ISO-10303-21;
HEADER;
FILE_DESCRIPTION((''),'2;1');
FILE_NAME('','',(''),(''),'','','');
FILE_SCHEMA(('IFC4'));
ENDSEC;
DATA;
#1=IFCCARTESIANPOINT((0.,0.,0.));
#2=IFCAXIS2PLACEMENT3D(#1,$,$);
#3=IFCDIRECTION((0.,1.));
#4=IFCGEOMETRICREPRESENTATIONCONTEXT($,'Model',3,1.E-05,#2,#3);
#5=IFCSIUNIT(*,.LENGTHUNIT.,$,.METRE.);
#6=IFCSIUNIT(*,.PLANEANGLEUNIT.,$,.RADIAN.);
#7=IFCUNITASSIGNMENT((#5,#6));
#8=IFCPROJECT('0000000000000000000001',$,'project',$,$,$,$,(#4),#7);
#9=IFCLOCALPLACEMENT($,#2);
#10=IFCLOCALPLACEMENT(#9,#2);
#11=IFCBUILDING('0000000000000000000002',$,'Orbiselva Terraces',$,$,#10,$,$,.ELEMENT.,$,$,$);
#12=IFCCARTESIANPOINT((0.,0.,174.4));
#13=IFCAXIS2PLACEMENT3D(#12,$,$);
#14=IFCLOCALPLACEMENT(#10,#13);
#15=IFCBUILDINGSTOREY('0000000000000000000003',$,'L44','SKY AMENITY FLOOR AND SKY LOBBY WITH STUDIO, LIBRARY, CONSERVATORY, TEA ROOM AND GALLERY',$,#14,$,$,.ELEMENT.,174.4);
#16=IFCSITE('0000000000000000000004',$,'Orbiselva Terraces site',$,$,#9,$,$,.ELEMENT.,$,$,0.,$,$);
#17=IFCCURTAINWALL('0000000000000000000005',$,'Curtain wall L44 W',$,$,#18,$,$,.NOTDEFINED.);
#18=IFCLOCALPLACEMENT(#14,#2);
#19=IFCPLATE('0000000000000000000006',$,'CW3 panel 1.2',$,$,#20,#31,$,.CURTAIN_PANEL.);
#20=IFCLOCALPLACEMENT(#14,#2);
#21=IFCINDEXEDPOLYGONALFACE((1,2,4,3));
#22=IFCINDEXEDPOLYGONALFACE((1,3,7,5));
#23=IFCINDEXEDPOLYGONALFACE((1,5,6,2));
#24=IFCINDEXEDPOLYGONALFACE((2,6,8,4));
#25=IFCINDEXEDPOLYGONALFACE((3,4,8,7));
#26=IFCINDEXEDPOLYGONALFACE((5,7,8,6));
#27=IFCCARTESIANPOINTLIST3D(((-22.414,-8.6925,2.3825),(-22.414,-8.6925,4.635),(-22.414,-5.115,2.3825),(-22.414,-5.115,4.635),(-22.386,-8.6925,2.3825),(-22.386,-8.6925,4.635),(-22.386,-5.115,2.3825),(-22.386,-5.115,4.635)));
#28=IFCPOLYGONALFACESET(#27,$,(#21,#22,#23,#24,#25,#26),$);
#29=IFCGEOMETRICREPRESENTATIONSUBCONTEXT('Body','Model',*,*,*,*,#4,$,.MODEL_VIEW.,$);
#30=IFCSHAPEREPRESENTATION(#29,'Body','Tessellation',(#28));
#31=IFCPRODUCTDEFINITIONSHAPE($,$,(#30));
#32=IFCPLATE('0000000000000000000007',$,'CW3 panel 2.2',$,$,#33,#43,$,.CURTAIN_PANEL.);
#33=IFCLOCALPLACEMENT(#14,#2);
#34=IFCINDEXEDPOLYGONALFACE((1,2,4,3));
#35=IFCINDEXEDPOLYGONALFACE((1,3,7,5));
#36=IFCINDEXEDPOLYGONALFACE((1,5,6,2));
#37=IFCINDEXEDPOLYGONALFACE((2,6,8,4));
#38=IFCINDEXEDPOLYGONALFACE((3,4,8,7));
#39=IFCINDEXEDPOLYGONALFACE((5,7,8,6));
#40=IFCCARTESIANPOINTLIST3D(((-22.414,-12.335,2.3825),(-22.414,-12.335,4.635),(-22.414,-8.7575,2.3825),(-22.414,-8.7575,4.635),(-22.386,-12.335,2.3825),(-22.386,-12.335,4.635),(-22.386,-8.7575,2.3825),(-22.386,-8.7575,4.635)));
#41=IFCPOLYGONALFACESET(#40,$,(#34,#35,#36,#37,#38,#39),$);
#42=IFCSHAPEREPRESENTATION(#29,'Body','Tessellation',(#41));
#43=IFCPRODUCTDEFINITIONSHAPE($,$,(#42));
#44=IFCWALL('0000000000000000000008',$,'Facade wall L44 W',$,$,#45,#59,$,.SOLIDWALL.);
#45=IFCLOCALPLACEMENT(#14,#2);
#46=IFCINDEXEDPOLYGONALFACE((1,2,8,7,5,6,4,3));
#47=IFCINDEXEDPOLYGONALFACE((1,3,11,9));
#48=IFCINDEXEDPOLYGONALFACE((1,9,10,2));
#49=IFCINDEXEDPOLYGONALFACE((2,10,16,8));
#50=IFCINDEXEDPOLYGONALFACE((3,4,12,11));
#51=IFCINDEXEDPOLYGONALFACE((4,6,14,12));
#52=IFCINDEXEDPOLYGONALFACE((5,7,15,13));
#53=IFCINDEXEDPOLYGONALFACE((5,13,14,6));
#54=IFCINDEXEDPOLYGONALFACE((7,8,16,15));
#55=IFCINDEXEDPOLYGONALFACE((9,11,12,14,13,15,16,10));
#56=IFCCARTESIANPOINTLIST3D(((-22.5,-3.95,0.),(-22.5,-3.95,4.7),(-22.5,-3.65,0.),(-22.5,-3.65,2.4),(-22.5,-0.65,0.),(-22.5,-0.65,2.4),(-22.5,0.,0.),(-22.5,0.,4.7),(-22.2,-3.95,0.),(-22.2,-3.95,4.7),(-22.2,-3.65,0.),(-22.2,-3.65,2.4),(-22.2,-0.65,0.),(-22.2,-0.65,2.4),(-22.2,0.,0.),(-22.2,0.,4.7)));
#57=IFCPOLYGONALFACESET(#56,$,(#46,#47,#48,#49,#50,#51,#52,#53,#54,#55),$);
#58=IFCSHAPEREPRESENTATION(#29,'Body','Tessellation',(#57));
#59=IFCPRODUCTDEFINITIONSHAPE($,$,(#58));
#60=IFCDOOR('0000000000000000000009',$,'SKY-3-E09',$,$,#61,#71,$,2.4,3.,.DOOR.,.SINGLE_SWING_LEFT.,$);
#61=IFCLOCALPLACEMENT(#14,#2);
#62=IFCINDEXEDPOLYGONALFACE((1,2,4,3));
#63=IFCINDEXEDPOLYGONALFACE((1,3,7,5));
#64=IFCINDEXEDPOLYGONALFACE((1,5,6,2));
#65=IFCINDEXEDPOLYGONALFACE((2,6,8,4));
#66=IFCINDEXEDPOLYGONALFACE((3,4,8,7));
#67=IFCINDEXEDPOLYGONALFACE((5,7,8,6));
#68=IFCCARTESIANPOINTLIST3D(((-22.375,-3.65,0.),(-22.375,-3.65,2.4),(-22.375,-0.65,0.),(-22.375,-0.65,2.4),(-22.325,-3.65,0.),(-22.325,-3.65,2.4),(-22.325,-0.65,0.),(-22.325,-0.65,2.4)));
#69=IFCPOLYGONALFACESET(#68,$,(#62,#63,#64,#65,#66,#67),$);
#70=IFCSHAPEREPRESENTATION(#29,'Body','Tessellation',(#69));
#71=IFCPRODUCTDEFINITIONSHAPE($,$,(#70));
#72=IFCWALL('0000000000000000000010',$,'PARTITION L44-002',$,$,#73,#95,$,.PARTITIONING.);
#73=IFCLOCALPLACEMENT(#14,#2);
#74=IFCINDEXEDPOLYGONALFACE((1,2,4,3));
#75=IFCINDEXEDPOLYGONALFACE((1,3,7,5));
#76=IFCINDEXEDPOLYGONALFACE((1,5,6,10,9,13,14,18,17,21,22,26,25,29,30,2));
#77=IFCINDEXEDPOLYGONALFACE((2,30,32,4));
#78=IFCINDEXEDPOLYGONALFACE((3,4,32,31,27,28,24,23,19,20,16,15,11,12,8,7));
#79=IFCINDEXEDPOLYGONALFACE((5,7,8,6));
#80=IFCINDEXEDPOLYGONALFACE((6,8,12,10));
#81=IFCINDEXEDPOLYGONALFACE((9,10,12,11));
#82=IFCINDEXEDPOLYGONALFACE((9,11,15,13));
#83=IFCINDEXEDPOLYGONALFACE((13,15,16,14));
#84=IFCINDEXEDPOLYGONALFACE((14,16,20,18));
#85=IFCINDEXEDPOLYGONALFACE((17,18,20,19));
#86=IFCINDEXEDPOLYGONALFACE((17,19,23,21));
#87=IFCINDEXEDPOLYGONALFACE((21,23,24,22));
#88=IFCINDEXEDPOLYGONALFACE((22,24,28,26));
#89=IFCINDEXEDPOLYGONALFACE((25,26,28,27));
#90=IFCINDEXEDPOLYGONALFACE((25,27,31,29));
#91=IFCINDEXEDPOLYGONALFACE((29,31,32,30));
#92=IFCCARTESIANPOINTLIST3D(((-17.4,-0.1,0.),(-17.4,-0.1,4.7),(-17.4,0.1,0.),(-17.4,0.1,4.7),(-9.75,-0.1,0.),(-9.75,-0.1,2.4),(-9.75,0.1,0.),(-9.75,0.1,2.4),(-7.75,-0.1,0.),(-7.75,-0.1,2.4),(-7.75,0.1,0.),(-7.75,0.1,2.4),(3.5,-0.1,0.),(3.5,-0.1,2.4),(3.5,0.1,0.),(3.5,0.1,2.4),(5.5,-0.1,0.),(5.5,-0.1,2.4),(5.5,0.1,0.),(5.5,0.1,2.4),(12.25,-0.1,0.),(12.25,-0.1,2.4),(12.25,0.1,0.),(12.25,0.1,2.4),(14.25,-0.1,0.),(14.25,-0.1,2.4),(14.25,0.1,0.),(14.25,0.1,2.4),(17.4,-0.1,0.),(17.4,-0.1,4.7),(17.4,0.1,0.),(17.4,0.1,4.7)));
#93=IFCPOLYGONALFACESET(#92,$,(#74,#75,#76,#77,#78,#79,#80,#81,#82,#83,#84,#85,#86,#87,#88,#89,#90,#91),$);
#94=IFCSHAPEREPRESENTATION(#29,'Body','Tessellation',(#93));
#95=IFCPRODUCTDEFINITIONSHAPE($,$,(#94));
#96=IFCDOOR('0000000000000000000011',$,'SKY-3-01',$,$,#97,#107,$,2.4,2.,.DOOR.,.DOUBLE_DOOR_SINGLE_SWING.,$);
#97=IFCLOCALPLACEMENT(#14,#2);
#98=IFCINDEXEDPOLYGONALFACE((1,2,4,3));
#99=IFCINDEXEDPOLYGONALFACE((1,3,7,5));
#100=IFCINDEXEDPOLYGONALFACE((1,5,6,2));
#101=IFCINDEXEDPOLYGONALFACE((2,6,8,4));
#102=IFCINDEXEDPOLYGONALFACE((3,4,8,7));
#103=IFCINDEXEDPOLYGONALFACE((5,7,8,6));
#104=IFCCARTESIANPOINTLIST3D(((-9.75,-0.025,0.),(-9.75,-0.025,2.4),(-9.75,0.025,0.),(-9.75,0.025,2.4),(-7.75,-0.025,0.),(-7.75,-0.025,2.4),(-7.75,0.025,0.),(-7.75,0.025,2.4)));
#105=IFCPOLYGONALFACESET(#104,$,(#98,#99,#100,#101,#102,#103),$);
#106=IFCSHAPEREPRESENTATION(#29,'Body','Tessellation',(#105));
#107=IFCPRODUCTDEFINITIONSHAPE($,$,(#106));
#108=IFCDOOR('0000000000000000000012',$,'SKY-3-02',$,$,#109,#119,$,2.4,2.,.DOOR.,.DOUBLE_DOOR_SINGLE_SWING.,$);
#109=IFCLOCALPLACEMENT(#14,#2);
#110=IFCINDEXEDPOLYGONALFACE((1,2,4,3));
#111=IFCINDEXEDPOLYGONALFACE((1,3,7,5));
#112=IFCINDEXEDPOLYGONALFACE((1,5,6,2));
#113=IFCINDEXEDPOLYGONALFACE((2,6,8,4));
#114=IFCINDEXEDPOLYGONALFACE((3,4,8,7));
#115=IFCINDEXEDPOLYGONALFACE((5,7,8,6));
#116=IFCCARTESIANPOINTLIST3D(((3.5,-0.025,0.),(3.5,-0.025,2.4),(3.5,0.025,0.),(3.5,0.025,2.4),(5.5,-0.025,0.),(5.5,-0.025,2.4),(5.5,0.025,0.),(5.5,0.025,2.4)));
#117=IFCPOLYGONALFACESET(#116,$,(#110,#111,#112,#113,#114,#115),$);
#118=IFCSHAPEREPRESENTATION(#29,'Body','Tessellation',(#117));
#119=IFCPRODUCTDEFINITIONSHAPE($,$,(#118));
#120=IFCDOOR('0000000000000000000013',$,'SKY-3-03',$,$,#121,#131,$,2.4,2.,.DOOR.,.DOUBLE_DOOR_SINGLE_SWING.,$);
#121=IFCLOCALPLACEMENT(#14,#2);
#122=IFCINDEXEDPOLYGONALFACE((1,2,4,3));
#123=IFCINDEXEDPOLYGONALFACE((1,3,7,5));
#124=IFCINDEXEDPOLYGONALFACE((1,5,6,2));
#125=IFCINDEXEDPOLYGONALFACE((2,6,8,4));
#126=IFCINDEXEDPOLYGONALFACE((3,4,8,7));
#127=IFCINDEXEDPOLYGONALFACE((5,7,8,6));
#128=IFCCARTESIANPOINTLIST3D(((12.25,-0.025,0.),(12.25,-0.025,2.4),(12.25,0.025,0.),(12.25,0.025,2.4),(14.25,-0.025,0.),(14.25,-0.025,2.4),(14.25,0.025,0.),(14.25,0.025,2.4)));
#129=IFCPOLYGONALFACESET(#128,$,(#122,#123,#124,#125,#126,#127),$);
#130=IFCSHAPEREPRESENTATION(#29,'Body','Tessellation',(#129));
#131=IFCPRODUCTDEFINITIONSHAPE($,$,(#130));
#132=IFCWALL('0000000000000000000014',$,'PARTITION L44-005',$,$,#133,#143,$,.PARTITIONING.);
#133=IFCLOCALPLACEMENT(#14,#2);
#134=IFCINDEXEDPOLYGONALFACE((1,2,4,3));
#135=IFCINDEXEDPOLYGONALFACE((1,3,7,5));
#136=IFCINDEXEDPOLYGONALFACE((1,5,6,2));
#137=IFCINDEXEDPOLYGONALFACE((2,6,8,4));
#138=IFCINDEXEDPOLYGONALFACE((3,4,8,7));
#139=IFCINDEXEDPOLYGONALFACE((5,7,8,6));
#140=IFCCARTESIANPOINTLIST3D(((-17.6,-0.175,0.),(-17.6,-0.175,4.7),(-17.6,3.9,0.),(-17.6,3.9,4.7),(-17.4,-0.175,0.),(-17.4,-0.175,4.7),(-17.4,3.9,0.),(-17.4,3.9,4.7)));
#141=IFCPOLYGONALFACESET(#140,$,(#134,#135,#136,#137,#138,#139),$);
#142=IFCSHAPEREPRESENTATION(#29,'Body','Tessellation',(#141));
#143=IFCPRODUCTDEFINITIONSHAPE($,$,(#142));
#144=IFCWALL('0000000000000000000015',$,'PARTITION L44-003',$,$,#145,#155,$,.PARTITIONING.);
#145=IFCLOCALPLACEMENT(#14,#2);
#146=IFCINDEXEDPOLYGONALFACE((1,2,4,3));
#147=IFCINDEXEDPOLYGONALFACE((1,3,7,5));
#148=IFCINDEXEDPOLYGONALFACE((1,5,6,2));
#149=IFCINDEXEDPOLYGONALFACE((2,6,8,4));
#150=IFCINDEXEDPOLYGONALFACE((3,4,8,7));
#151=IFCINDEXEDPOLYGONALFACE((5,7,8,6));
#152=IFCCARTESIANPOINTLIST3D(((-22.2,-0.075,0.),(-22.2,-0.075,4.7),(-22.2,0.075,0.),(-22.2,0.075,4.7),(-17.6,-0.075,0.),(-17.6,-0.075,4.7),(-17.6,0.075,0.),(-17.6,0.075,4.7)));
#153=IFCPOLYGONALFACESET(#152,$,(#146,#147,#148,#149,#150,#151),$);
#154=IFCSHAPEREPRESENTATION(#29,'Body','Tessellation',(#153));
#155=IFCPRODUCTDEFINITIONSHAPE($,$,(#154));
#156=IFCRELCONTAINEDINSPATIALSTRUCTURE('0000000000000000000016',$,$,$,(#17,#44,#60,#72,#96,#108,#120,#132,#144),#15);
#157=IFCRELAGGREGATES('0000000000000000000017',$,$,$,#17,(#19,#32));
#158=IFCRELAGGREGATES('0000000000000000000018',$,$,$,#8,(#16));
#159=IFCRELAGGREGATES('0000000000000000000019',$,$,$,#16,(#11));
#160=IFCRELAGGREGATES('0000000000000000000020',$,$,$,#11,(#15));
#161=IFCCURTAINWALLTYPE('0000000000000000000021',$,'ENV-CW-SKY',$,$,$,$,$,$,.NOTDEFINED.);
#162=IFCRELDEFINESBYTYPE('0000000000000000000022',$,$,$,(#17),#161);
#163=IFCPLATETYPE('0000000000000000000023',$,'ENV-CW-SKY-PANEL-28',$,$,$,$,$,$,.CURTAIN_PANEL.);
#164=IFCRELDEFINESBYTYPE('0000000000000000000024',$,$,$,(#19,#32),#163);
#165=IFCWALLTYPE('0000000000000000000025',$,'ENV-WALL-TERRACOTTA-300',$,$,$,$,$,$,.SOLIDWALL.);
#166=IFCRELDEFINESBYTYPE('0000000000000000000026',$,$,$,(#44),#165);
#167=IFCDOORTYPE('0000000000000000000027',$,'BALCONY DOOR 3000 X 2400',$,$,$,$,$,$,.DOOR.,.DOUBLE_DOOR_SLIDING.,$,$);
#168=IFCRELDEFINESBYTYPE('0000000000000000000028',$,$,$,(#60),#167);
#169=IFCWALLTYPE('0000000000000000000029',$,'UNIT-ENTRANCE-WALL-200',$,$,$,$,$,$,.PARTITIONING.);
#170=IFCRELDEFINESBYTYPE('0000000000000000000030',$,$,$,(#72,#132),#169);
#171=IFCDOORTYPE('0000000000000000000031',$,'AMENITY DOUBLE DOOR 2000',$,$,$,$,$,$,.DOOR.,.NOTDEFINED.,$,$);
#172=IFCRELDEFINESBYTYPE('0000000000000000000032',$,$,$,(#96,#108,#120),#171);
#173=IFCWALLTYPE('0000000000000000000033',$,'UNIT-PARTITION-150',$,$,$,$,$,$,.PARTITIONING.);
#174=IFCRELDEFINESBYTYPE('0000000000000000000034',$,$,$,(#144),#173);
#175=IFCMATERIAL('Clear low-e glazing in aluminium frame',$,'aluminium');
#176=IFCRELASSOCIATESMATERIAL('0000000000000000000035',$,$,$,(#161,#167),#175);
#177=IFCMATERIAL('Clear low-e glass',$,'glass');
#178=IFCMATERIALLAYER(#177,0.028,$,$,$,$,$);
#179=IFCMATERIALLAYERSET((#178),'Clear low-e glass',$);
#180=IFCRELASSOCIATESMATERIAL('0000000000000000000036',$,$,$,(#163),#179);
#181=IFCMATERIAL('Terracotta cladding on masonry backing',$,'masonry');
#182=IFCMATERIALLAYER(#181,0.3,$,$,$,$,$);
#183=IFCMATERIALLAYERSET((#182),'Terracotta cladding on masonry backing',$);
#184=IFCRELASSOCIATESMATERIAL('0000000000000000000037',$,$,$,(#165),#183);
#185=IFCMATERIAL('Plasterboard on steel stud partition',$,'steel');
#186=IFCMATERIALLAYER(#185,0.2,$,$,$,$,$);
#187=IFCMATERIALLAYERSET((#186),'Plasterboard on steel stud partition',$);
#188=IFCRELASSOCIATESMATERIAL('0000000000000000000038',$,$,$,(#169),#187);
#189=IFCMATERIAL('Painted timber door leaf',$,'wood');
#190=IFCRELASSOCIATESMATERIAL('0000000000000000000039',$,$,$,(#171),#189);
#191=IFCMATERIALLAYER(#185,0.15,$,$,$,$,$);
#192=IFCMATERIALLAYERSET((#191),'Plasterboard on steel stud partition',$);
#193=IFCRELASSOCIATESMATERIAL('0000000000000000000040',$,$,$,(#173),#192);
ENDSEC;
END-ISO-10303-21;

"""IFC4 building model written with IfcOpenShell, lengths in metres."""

from ifc_helpers import new_model, si_unit, direction, frame, frame_2d, origin, origin_2d, place, context, subcontext, project, spatial, rectangle, extrude, material, layer, layer_set, type_object, element, fill, aggregate, save


model = new_model("IFC4")

# Units and contexts
model_context = context("Model", 3, precision=1e-05, world=origin(), true_north=direction((0.0, 1.0)))
body_context = subcontext(model_context, "Body", "Model", "MODEL_VIEW")
ifc_project = project(units=[si_unit("LENGTHUNIT", "METRE"), si_unit("PLANEANGLEUNIT", "RADIAN")], contexts=[model_context])

# Site, building, storey
site_placement = place(None, origin())
site = spatial("IfcSite", under=ifc_project, at=site_placement, Name="Orbiselva Terraces site", CompositionType="ELEMENT", RefElevation=0.0)
building_placement = place(site_placement, origin())
building = spatial("IfcBuilding", under=site, at=building_placement, Name="Orbiselva Terraces", CompositionType="ELEMENT")
storey_placement = place(building_placement, frame((0.0, 0.0, 174.4)))
storey = spatial("IfcBuildingStorey", under=building, at=storey_placement, Name="L44", Description="SKY AMENITY FLOOR AND SKY LOBBY WITH STUDIO, LIBRARY, CONSERVATORY, TEA ROOM AND GALLERY", CompositionType="ELEMENT", Elevation=174.4)

# Shared definitions
ifc_material_1 = material(Name="Clear low-e glazing in aluminium frame", Category="aluminium")
curtain_wall_type = type_object("IfcCurtainWallType", Name="ENV-CW-SKY", PredefinedType="NOTDEFINED", material=ifc_material_1)

# Curtain wall
curtain_wall_1_placement = place(storey_placement, origin())
curtain_wall_1 = element("IfcCurtainWall", 1, at=curtain_wall_1_placement, inside=storey, type_object=curtain_wall_type, Name="Curtain wall L44 W", PredefinedType="NOTDEFINED")

# Plates
ifc_material_2 = material(Name="Clear low-e glass", Category="glass")
ifc_layer_1 = layer(ifc_material_2, 0.028)
ifc_layer_set_1 = layer_set([ifc_layer_1], Name="Clear low-e glass")
plate_type = type_object("IfcPlateType", Name="ENV-CW-SKY-PANEL-28", PredefinedType="CURTAIN_PANEL", material=ifc_layer_set_1)
plate_1_placement = place(storey_placement, frame((-22.4, -6.9037, 2.3825), z_axis=(0.0, 0.0, 1.0), x_axis=(0.0, -1.0, 0.0)))
plate_1 = element("IfcPlate", 2, at=plate_1_placement, type_object=plate_type, Name="CW3 panel 1.2", PredefinedType="CURTAIN_PANEL", context=body_context, shape_type="SweptSolid", body=[
    extrude(rectangle(XDim=3.5775, YDim=0.028, at=origin_2d()), origin(), (0.0, 0.0, 1.0), 2.2525),
])
plate_2_placement = place(storey_placement, frame((-22.4, -10.5463, 2.3825), z_axis=(0.0, 0.0, 1.0), x_axis=(0.0, -1.0, 0.0)))
plate_2 = element("IfcPlate", 3, at=plate_2_placement, type_object=plate_type, Name="CW3 panel 2.2", PredefinedType="CURTAIN_PANEL", context=body_context, shape_type="SweptSolid", body=[
    extrude(rectangle(XDim=3.5775, YDim=0.028, at=origin_2d()), origin(), (0.0, 0.0, 1.0), 2.2525),
])
aggregate(curtain_wall_1, [plate_1, plate_2])

# Wall, opening, door
ifc_material_3 = material(Name="Terracotta cladding on masonry backing", Category="masonry")
ifc_layer_2 = layer(ifc_material_3, 0.3)
ifc_layer_set_2 = layer_set([ifc_layer_2], Name="Terracotta cladding on masonry backing")
wall_type_1 = type_object("IfcWallType", Name="ENV-WALL-TERRACOTTA-300", PredefinedType="SOLIDWALL", material=ifc_layer_set_2)
wall_1_placement = place(storey_placement, frame((-22.35, -3.95, 0.0), z_axis=(0.0, 0.0, 1.0), x_axis=(0.0, 1.0, 0.0)))
wall_1 = element("IfcWall", 4, at=wall_1_placement, inside=storey, type_object=wall_type_1, Name="Facade wall L44 W", PredefinedType="SOLIDWALL", context=body_context, shape_type="SweptSolid", body=[
    extrude(rectangle(XDim=3.95, YDim=0.3, at=frame_2d((1.975, 0.0))), origin(), (0.0, 0.0, 1.0), 4.7),
])
opening_1_placement = place(wall_1_placement, frame((0.3, 0.0, 0.0)))
opening_1 = element("IfcOpeningElement", 5, at=opening_1_placement, cuts=wall_1, PredefinedType="OPENING", context=body_context, shape_type="SweptSolid", body=[
    extrude(rectangle(XDim=3.0, YDim=2.4, at=frame_2d((1.5, 1.2))), frame((0.0, 0.16, 0.0), z_axis=(0.0, -1.0, 0.0), x_axis=(1.0, 0.0, 0.0)), (0.0, 0.0, 1.0), 0.32),
])
door_type_1 = type_object("IfcDoorType", Name="BALCONY DOOR 3000 X 2400", OperationType="DOUBLE_DOOR_SLIDING", PredefinedType="DOOR", material=ifc_material_1)
door_1_placement = place(opening_1_placement, origin())
door_1 = element("IfcDoor", 6, at=door_1_placement, inside=storey, type_object=door_type_1, Name="SKY-3-E09", OperationType="SINGLE_SWING_LEFT", OverallHeight=2.4, OverallWidth=3.0, PredefinedType="DOOR", context=body_context, shape_type="SweptSolid", body=[
    extrude(rectangle(XDim=3.0, YDim=2.4, at=frame_2d((1.5, 1.2))), frame((0.0, 0.025, 0.0), z_axis=(0.0, -1.0, 0.0), x_axis=(1.0, 0.0, 0.0)), (0.0, 0.0, 1.0), 0.05),
])
fill(opening_1, door_1)

# Wall, openings, doors
ifc_material_4 = material(Name="Plasterboard on steel stud partition", Category="steel")
ifc_layer_3 = layer(ifc_material_4, 0.2)
ifc_layer_set_3 = layer_set([ifc_layer_3], Name="Plasterboard on steel stud partition")
wall_type_2 = type_object("IfcWallType", Name="UNIT-ENTRANCE-WALL-200", PredefinedType="PARTITIONING", material=ifc_layer_set_3)
wall_2_placement = place(storey_placement, frame((-17.4, 0.0, 0.0), z_axis=(0.0, 0.0, 1.0), x_axis=(1.0, 0.0, 0.0)))
wall_2 = element("IfcWall", 7, at=wall_2_placement, inside=storey, type_object=wall_type_2, Name="PARTITION L44-002", PredefinedType="PARTITIONING", context=body_context, shape_type="SweptSolid", body=[
    extrude(rectangle(XDim=34.8, YDim=0.2, at=frame_2d((17.4, 0.0))), origin(), (0.0, 0.0, 1.0), 4.7),
])
opening_2_placement = place(wall_2_placement, frame((7.65, 0.0, 0.0)))
opening_2 = element("IfcOpeningElement", 8, at=opening_2_placement, cuts=wall_2, PredefinedType="OPENING", context=body_context, shape_type="SweptSolid", body=[
    extrude(rectangle(XDim=2.0, YDim=2.4, at=frame_2d((1.0, 1.2))), frame((0.0, 0.11, 0.0), z_axis=(0.0, -1.0, 0.0), x_axis=(1.0, 0.0, 0.0)), (0.0, 0.0, 1.0), 0.22),
])
opening_3_placement = place(wall_2_placement, frame((20.9, 0.0, 0.0)))
opening_3 = element("IfcOpeningElement", 9, at=opening_3_placement, cuts=wall_2, PredefinedType="OPENING", context=body_context, shape_type="SweptSolid", body=[
    extrude(rectangle(XDim=2.0, YDim=2.4, at=frame_2d((1.0, 1.2))), frame((0.0, 0.11, 0.0), z_axis=(0.0, -1.0, 0.0), x_axis=(1.0, 0.0, 0.0)), (0.0, 0.0, 1.0), 0.22),
])
opening_4_placement = place(wall_2_placement, frame((29.65, 0.0, 0.0)))
opening_4 = element("IfcOpeningElement", 10, at=opening_4_placement, cuts=wall_2, PredefinedType="OPENING", context=body_context, shape_type="SweptSolid", body=[
    extrude(rectangle(XDim=2.0, YDim=2.4, at=frame_2d((1.0, 1.2))), frame((0.0, 0.11, 0.0), z_axis=(0.0, -1.0, 0.0), x_axis=(1.0, 0.0, 0.0)), (0.0, 0.0, 1.0), 0.22),
])
ifc_material_5 = material(Name="Painted timber door leaf", Category="wood")
door_type_2 = type_object("IfcDoorType", Name="AMENITY DOUBLE DOOR 2000", OperationType="NOTDEFINED", PredefinedType="DOOR", material=ifc_material_5)
door_2_placement = place(opening_2_placement, origin())
door_2 = element("IfcDoor", 11, at=door_2_placement, inside=storey, type_object=door_type_2, Name="SKY-3-01", OperationType="DOUBLE_DOOR_SINGLE_SWING", OverallHeight=2.4, OverallWidth=2.0, PredefinedType="DOOR", context=body_context, shape_type="SweptSolid", body=[
    extrude(rectangle(XDim=2.0, YDim=2.4, at=frame_2d((1.0, 1.2))), frame((0.0, 0.025, 0.0), z_axis=(0.0, -1.0, 0.0), x_axis=(1.0, 0.0, 0.0)), (0.0, 0.0, 1.0), 0.05),
])
fill(opening_2, door_2)
door_3_placement = place(opening_3_placement, origin())
door_3 = element("IfcDoor", 12, at=door_3_placement, inside=storey, type_object=door_type_2, Name="SKY-3-02", OperationType="DOUBLE_DOOR_SINGLE_SWING", OverallHeight=2.4, OverallWidth=2.0, PredefinedType="DOOR", context=body_context, shape_type="SweptSolid", body=[
    extrude(rectangle(XDim=2.0, YDim=2.4, at=frame_2d((1.0, 1.2))), frame((0.0, 0.025, 0.0), z_axis=(0.0, -1.0, 0.0), x_axis=(1.0, 0.0, 0.0)), (0.0, 0.0, 1.0), 0.05),
])
fill(opening_3, door_3)
door_4_placement = place(opening_4_placement, origin())
door_4 = element("IfcDoor", 13, at=door_4_placement, inside=storey, type_object=door_type_2, Name="SKY-3-03", OperationType="DOUBLE_DOOR_SINGLE_SWING", OverallHeight=2.4, OverallWidth=2.0, PredefinedType="DOOR", context=body_context, shape_type="SweptSolid", body=[
    extrude(rectangle(XDim=2.0, YDim=2.4, at=frame_2d((1.0, 1.2))), frame((0.0, 0.025, 0.0), z_axis=(0.0, -1.0, 0.0), x_axis=(1.0, 0.0, 0.0)), (0.0, 0.0, 1.0), 0.05),
])
fill(opening_4, door_4)

# Walls
wall_3_placement = place(storey_placement, frame((-17.5, -0.175, 0.0), z_axis=(0.0, 0.0, 1.0), x_axis=(0.0, 1.0, 0.0)))
element("IfcWall", 14, at=wall_3_placement, inside=storey, type_object=wall_type_2, Name="PARTITION L44-005", PredefinedType="PARTITIONING", context=body_context, shape_type="SweptSolid", body=[
    extrude(rectangle(XDim=4.075, YDim=0.2, at=frame_2d((2.0375, 0.0))), origin(), (0.0, 0.0, 1.0), 4.7),
])
ifc_layer_4 = layer(ifc_material_4, 0.15)
ifc_layer_set_4 = layer_set([ifc_layer_4], Name="Plasterboard on steel stud partition")
wall_type_3 = type_object("IfcWallType", Name="UNIT-PARTITION-150", PredefinedType="PARTITIONING", material=ifc_layer_set_4)
wall_4_placement = place(storey_placement, frame((-22.2, 0.0, 0.0), z_axis=(0.0, 0.0, 1.0), x_axis=(1.0, 0.0, 0.0)))
element("IfcWall", 15, at=wall_4_placement, inside=storey, type_object=wall_type_3, Name="PARTITION L44-003", PredefinedType="PARTITIONING", context=body_context, shape_type="SweptSolid", body=[
    extrude(rectangle(XDim=4.6, YDim=0.15, at=frame_2d((2.3, 0.0))), origin(), (0.0, 0.0, 1.0), 4.7),
])

save(model, "model.ifc")
